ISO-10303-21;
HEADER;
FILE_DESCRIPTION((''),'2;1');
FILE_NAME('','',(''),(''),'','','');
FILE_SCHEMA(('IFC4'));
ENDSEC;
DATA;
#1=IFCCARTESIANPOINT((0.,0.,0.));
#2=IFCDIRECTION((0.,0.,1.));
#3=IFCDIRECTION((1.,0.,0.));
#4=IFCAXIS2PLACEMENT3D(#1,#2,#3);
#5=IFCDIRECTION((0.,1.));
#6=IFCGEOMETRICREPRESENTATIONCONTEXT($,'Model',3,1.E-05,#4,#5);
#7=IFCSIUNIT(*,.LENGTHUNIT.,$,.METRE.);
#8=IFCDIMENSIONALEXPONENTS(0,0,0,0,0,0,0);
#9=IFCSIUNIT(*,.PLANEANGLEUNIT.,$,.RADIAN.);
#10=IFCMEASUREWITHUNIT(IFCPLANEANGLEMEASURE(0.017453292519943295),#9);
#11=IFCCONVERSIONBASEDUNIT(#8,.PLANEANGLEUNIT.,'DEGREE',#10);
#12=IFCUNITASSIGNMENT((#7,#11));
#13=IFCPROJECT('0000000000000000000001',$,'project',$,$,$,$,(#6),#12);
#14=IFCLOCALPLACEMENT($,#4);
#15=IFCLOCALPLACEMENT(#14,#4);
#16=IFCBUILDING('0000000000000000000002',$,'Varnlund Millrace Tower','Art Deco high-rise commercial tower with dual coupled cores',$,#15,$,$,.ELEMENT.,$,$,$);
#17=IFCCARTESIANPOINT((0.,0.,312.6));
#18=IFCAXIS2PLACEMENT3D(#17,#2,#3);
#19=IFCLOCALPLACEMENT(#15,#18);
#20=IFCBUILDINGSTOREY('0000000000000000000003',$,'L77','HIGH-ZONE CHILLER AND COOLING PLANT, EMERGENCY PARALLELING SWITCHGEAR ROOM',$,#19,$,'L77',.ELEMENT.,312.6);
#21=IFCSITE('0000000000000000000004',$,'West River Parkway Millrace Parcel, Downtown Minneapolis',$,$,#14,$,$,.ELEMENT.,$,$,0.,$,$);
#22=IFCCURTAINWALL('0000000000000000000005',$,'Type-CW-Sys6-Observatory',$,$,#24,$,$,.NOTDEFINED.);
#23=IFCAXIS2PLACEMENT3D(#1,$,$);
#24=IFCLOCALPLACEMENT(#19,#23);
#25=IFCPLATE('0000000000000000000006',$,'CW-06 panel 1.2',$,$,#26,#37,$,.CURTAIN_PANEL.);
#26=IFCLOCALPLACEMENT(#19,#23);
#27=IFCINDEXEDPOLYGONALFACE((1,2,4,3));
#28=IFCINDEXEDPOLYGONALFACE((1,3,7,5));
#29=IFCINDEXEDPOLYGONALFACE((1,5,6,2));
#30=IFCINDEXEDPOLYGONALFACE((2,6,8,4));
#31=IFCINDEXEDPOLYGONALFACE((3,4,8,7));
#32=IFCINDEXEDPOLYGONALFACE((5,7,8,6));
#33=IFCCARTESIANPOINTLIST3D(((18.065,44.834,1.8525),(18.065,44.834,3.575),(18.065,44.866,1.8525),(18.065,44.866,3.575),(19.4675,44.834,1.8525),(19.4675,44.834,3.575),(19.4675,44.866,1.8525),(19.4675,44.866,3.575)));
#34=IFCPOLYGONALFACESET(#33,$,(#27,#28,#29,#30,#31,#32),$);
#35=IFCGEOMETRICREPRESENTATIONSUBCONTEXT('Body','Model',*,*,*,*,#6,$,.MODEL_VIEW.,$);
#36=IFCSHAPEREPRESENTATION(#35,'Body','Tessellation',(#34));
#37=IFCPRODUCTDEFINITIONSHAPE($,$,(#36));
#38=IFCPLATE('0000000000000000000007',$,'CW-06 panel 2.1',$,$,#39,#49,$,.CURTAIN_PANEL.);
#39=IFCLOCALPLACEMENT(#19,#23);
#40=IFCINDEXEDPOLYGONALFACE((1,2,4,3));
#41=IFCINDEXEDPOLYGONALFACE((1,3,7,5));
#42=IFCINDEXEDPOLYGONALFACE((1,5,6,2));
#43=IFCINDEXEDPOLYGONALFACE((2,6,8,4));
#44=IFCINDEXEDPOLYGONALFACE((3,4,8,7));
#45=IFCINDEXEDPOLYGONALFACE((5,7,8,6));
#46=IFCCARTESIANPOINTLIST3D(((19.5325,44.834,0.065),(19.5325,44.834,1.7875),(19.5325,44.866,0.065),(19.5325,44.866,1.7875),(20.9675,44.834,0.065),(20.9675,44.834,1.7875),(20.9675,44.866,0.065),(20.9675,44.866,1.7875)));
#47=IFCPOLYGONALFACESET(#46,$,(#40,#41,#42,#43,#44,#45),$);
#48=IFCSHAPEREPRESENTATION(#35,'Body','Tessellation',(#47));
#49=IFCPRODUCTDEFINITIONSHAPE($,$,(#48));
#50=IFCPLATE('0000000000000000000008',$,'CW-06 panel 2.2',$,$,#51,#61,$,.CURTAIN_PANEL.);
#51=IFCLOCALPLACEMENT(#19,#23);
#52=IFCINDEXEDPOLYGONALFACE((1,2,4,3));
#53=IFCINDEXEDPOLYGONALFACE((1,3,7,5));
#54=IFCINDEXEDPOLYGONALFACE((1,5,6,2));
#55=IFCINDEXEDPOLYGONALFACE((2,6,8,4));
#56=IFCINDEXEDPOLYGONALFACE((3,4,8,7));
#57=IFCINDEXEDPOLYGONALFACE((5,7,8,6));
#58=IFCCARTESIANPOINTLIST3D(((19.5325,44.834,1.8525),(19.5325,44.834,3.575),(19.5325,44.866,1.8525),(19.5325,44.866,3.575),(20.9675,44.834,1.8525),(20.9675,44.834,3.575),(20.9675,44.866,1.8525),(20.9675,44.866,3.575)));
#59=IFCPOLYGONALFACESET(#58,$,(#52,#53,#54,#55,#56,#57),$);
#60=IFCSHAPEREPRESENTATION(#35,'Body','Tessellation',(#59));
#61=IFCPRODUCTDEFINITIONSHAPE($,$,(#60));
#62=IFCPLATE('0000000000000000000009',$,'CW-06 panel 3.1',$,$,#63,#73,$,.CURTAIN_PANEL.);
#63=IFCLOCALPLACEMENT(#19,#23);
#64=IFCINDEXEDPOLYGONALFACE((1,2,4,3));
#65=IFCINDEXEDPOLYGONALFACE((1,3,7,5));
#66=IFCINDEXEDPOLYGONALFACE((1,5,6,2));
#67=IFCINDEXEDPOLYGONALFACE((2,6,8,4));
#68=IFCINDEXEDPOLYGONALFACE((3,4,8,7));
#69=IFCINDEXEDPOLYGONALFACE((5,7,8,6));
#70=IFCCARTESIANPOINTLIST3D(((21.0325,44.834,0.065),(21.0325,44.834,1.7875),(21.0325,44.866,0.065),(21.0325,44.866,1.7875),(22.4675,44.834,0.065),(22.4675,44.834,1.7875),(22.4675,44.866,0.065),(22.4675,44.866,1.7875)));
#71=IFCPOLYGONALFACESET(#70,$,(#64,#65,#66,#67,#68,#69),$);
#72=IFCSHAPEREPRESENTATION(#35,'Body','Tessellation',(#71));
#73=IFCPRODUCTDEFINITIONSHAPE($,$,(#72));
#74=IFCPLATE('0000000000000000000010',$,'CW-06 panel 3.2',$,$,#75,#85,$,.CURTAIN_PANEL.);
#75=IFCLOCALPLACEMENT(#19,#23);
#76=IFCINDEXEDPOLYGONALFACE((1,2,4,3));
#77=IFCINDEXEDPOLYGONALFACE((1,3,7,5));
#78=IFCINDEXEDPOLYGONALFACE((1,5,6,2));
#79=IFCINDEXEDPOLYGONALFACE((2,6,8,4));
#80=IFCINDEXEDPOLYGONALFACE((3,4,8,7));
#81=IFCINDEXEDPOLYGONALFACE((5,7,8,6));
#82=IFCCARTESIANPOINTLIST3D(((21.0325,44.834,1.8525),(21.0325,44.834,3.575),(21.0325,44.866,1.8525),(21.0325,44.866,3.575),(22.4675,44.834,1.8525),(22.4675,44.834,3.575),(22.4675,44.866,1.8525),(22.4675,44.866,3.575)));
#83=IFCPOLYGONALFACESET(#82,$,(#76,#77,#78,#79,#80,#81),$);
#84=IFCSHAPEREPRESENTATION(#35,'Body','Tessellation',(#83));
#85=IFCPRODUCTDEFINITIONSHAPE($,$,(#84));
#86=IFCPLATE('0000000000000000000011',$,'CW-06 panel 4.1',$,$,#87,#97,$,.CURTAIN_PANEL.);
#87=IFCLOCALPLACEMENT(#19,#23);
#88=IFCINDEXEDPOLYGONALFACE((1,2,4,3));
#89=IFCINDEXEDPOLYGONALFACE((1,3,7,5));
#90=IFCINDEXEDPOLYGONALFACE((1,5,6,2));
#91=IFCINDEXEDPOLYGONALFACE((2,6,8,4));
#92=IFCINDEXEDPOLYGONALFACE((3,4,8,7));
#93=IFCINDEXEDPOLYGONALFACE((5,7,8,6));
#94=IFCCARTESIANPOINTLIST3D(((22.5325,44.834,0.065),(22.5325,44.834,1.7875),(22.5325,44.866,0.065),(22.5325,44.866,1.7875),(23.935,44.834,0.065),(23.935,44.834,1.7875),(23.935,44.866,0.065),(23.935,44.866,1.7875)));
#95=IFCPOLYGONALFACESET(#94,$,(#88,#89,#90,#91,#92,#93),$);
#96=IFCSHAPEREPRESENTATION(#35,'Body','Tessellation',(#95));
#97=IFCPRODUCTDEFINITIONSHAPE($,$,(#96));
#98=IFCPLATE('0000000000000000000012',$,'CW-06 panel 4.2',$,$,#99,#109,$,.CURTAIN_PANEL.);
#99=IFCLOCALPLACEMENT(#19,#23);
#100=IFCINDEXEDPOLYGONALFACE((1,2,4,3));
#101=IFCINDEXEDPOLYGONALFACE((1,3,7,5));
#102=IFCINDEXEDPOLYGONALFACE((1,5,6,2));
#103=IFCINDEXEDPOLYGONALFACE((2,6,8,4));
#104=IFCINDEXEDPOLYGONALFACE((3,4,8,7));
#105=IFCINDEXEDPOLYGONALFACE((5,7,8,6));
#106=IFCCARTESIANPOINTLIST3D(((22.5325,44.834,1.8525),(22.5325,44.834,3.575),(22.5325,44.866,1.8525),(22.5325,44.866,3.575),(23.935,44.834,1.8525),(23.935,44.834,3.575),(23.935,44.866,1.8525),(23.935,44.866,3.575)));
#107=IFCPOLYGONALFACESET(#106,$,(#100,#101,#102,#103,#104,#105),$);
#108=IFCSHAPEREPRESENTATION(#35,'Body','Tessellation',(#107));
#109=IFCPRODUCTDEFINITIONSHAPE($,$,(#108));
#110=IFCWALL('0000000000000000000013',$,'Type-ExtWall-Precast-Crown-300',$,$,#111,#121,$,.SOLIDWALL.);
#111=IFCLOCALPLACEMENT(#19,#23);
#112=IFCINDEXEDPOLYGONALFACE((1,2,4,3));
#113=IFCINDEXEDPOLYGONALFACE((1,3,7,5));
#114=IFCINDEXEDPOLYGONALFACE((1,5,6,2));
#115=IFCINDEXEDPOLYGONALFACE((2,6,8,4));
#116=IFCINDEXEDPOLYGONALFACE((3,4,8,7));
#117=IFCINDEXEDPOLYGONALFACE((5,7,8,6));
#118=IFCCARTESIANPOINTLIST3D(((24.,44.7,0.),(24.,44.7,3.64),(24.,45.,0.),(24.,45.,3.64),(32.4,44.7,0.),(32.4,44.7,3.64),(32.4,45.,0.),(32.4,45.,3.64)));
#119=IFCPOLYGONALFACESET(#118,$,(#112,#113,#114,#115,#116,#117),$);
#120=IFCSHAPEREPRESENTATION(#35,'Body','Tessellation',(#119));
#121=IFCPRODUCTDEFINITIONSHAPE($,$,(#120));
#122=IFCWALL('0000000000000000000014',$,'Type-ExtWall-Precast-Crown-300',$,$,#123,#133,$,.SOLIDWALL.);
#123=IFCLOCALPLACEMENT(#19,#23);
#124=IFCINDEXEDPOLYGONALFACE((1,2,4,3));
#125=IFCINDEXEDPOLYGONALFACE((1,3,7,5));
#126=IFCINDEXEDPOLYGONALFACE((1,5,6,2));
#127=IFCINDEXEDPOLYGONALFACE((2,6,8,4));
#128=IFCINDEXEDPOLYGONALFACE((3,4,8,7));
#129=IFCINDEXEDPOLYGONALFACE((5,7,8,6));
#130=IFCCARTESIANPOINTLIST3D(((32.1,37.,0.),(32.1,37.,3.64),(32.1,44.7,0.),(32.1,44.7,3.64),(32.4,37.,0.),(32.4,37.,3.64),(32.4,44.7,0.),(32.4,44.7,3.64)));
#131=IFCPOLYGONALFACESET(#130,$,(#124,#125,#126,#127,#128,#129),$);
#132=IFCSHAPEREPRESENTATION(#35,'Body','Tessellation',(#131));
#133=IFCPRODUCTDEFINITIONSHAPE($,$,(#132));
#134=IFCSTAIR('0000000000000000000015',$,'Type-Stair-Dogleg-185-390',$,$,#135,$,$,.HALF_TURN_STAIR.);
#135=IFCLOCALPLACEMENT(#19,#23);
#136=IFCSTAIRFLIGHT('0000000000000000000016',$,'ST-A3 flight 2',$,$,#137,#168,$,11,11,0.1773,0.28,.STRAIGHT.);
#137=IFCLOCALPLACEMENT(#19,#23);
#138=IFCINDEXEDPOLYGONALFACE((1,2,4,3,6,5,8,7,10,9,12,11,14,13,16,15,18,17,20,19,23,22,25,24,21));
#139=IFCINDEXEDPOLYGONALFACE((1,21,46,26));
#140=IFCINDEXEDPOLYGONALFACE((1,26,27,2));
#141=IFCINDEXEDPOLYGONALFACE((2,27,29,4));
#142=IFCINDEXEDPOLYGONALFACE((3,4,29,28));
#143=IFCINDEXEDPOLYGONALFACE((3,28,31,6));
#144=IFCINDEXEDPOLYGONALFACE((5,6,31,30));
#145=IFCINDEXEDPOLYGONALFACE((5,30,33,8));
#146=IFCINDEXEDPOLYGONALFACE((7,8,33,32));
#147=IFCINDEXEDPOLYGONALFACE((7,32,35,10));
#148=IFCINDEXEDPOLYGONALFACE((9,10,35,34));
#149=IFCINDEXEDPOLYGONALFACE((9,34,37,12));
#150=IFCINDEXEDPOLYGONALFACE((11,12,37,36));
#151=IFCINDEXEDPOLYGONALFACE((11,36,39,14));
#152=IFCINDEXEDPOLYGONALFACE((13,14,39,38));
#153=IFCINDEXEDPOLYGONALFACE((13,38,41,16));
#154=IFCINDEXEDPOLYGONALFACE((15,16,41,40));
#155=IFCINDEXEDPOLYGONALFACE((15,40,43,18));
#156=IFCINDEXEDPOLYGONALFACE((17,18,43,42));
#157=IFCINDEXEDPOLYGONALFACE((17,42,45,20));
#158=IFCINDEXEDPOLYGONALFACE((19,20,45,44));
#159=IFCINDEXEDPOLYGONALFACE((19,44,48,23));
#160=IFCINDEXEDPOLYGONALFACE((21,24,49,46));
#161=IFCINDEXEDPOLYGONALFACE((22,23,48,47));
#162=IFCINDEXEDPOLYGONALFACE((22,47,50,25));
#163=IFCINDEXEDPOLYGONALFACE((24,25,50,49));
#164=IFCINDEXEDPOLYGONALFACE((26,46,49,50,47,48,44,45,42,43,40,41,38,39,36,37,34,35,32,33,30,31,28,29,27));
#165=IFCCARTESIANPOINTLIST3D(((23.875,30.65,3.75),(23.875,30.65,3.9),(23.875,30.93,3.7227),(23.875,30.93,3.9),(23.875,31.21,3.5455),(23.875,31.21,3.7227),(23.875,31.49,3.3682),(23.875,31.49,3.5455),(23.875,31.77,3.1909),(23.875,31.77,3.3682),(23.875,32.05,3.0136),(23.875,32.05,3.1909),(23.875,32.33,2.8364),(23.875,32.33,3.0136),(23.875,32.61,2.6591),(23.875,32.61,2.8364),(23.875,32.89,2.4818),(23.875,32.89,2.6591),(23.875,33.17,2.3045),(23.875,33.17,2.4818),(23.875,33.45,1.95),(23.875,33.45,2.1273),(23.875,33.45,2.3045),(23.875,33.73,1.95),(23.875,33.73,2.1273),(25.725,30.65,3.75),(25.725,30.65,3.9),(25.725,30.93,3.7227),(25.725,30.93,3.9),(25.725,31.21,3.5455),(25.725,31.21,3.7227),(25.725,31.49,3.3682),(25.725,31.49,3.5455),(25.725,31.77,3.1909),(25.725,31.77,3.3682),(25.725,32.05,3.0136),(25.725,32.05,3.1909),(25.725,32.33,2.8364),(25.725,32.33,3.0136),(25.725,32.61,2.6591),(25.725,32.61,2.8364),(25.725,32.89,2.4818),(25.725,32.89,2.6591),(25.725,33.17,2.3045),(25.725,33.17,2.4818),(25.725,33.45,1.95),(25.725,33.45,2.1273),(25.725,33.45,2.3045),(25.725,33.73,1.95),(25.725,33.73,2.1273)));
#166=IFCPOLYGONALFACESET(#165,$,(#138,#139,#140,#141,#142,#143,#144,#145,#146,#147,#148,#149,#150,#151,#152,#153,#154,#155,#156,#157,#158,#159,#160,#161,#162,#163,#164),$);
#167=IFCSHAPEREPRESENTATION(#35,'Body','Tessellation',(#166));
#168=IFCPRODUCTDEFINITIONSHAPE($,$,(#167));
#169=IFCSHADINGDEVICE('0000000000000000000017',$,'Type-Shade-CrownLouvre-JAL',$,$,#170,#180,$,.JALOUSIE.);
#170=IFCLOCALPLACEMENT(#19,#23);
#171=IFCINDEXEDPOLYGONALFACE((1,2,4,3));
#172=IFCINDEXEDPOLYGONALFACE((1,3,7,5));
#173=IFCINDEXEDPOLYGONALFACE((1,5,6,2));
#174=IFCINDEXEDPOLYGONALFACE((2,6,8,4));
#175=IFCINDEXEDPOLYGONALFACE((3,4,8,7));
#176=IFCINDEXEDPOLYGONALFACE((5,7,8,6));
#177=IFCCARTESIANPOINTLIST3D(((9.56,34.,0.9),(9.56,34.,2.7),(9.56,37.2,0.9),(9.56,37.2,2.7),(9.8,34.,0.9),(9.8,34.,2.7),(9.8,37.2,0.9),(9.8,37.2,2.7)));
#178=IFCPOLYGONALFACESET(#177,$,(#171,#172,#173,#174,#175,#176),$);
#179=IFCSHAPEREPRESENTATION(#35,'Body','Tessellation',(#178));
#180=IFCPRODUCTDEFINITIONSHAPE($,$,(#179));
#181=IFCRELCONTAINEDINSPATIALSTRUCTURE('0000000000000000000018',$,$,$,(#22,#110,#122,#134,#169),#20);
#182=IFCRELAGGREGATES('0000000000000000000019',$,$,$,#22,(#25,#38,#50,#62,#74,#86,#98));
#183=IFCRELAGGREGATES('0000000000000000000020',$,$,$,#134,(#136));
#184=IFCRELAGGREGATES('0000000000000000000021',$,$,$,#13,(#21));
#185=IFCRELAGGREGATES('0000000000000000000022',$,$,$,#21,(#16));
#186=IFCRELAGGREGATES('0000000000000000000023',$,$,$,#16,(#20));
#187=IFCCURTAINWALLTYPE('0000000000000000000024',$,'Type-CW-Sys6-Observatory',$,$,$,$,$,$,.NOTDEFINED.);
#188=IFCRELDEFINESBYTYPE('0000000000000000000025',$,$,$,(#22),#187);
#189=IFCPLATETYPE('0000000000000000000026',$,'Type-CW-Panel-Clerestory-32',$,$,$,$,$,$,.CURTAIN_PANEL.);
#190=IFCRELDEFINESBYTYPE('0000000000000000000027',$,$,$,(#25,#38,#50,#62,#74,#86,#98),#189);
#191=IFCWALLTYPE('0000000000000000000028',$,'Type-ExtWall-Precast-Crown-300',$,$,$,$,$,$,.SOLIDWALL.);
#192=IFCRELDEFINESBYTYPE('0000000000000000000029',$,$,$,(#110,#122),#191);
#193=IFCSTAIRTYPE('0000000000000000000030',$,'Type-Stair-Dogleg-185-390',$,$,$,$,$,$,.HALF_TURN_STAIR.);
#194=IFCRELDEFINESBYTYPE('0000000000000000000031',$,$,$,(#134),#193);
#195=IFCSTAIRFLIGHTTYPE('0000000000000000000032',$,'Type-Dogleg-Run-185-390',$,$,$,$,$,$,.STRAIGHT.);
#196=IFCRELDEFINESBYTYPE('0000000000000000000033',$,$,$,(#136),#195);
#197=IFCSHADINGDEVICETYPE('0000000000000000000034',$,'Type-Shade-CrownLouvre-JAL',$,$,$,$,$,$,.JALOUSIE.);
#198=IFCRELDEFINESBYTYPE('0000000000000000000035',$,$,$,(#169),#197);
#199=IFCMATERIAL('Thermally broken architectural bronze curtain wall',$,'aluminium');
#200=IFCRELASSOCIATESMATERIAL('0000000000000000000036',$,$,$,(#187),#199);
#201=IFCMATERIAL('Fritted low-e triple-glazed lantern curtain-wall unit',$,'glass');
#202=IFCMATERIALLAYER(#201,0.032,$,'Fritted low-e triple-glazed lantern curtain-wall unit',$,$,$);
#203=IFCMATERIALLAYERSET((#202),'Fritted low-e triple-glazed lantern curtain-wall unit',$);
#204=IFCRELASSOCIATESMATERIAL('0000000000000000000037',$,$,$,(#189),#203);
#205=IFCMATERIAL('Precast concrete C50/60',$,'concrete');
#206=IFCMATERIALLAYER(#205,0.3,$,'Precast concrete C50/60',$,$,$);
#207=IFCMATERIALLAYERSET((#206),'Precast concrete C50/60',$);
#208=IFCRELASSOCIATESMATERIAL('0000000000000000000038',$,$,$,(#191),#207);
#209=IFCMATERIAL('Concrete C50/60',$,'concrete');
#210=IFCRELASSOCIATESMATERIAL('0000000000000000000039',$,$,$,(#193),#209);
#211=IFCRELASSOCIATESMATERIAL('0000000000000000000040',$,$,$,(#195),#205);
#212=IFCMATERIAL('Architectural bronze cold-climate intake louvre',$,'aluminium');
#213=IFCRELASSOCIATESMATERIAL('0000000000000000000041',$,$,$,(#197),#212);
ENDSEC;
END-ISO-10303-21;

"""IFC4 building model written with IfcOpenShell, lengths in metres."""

from ifc_helpers import new_model, entity, si_unit, converted_unit, direction, frame, origin_with_axes, origin_2d_with_axis, place, context, subcontext, project, spatial, polyline, rectangle, outline, extrude, material, layer, layer_set, type_object, element, aggregate, save


model = new_model("IFC4")

# Units and contexts
model_context = context("Model", 3, precision=1e-05, world=origin_with_axes(), true_north=direction((0.0, 1.0)))
body_context = subcontext(model_context, "Body", "Model", "MODEL_VIEW")
ifc_project = project(units=[si_unit("LENGTHUNIT", "METRE"), converted_unit("PLANEANGLEUNIT", "DEGREE", entity("IfcPlaneAngleMeasure", 0.017453292519943295), si_unit("PLANEANGLEUNIT", "RADIAN"), dimensions=[0, 0, 0, 0, 0, 0, 0])], contexts=[model_context])

# Site, building, storey
site_placement = place(None, origin_with_axes())
site = spatial("IfcSite", under=ifc_project, at=site_placement, Name="West River Parkway Millrace Parcel, Downtown Minneapolis", CompositionType="ELEMENT", RefElevation=0.0)
building_placement = place(site_placement, origin_with_axes())
building = spatial("IfcBuilding", under=site, at=building_placement, Name="Varnlund Millrace Tower", Description="Art Deco high-rise commercial tower with dual coupled cores", CompositionType="ELEMENT")
storey_placement = place(building_placement, frame((0.0, 0.0, 312.6), z_axis=(0.0, 0.0, 1.0), x_axis=(1.0, 0.0, 0.0)))
storey = spatial("IfcBuildingStorey", under=building, at=storey_placement, Name="L77", Description="HIGH-ZONE CHILLER AND COOLING PLANT, EMERGENCY PARALLELING SWITCHGEAR ROOM", LongName="L77", CompositionType="ELEMENT", Elevation=312.6)

# Curtain wall
ifc_material_1 = material(Name="Thermally broken architectural bronze curtain wall", Category="aluminium")
curtain_wall_type = type_object("IfcCurtainWallType", Name="Type-CW-Sys6-Observatory", PredefinedType="NOTDEFINED", material=ifc_material_1)
curtain_wall_1_placement = place(storey_placement, frame((18.0, 44.85, 0.0), z_axis=(0.0, 0.0, 1.0), x_axis=(1.0, 0.0, 0.0)))
curtain_wall_1 = element("IfcCurtainWall", 1, at=curtain_wall_1_placement, inside=storey, type_object=curtain_wall_type, Name="Type-CW-Sys6-Observatory", PredefinedType="NOTDEFINED")

# Plates
ifc_material_2 = material(Name="Fritted low-e triple-glazed lantern curtain-wall unit", Category="glass")
ifc_layer_1 = layer(ifc_material_2, 0.032, Name="Fritted low-e triple-glazed lantern curtain-wall unit")
ifc_layer_set_1 = layer_set([ifc_layer_1], Name="Fritted low-e triple-glazed lantern curtain-wall unit")
plate_type = type_object("IfcPlateType", Name="Type-CW-Panel-Clerestory-32", PredefinedType="CURTAIN_PANEL", material=ifc_layer_set_1)
plate_1_placement = place(storey_placement, frame((18.7662, 44.85, 1.8525), z_axis=(0.0, 0.0, 1.0), x_axis=(1.0, 0.0, 0.0)))
plate_1 = element("IfcPlate", 2, at=plate_1_placement, type_object=plate_type, Name="CW-06 panel 1.2", PredefinedType="CURTAIN_PANEL", context=body_context, shape_type="SweptSolid", body=[
    extrude(rectangle(XDim=1.4025, YDim=0.032, at=origin_2d_with_axis()), origin_with_axes(), (0.0, 0.0, 1.0), 1.7225),
])
plate_2_placement = place(storey_placement, frame((20.25, 44.85, 0.065), z_axis=(0.0, 0.0, 1.0), x_axis=(1.0, 0.0, 0.0)))
plate_2 = element("IfcPlate", 3, at=plate_2_placement, type_object=plate_type, Name="CW-06 panel 2.1", PredefinedType="CURTAIN_PANEL", context=body_context, shape_type="SweptSolid", body=[
    extrude(rectangle(XDim=1.435, YDim=0.032, at=origin_2d_with_axis()), origin_with_axes(), (0.0, 0.0, 1.0), 1.7225),
])
plate_3_placement = place(storey_placement, frame((20.25, 44.85, 1.8525), z_axis=(0.0, 0.0, 1.0), x_axis=(1.0, 0.0, 0.0)))
plate_3 = element("IfcPlate", 4, at=plate_3_placement, type_object=plate_type, Name="CW-06 panel 2.2", PredefinedType="CURTAIN_PANEL", context=body_context, shape_type="SweptSolid", body=[
    extrude(rectangle(XDim=1.435, YDim=0.032, at=origin_2d_with_axis()), origin_with_axes(), (0.0, 0.0, 1.0), 1.7225),
])
plate_4_placement = place(storey_placement, frame((21.75, 44.85, 0.065), z_axis=(0.0, 0.0, 1.0), x_axis=(1.0, 0.0, 0.0)))
plate_4 = element("IfcPlate", 5, at=plate_4_placement, type_object=plate_type, Name="CW-06 panel 3.1", PredefinedType="CURTAIN_PANEL", context=body_context, shape_type="SweptSolid", body=[
    extrude(rectangle(XDim=1.435, YDim=0.032, at=origin_2d_with_axis()), origin_with_axes(), (0.0, 0.0, 1.0), 1.7225),
])
plate_5_placement = place(storey_placement, frame((21.75, 44.85, 1.8525), z_axis=(0.0, 0.0, 1.0), x_axis=(1.0, 0.0, 0.0)))
plate_5 = element("IfcPlate", 6, at=plate_5_placement, type_object=plate_type, Name="CW-06 panel 3.2", PredefinedType="CURTAIN_PANEL", context=body_context, shape_type="SweptSolid", body=[
    extrude(rectangle(XDim=1.435, YDim=0.032, at=origin_2d_with_axis()), origin_with_axes(), (0.0, 0.0, 1.0), 1.7225),
])
plate_6_placement = place(storey_placement, frame((23.2338, 44.85, 0.065), z_axis=(0.0, 0.0, 1.0), x_axis=(1.0, 0.0, 0.0)))
plate_6 = element("IfcPlate", 7, at=plate_6_placement, type_object=plate_type, Name="CW-06 panel 4.1", PredefinedType="CURTAIN_PANEL", context=body_context, shape_type="SweptSolid", body=[
    extrude(rectangle(XDim=1.4025, YDim=0.032, at=origin_2d_with_axis()), origin_with_axes(), (0.0, 0.0, 1.0), 1.7225),
])
plate_7_placement = place(storey_placement, frame((23.2338, 44.85, 1.8525), z_axis=(0.0, 0.0, 1.0), x_axis=(1.0, 0.0, 0.0)))
plate_7 = element("IfcPlate", 8, at=plate_7_placement, type_object=plate_type, Name="CW-06 panel 4.2", PredefinedType="CURTAIN_PANEL", context=body_context, shape_type="SweptSolid", body=[
    extrude(rectangle(XDim=1.4025, YDim=0.032, at=origin_2d_with_axis()), origin_with_axes(), (0.0, 0.0, 1.0), 1.7225),
])
aggregate(curtain_wall_1, [plate_1, plate_2, plate_3, plate_4, plate_5, plate_6, plate_7])

# Walls
ifc_material_3 = material(Name="Precast concrete C50/60", Category="concrete")
ifc_layer_2 = layer(ifc_material_3, 0.3, Name="Precast concrete C50/60")
ifc_layer_set_2 = layer_set([ifc_layer_2], Name="Precast concrete C50/60")
wall_type = type_object("IfcWallType", Name="Type-ExtWall-Precast-Crown-300", PredefinedType="SOLIDWALL", material=ifc_layer_set_2)
wall_1_placement = place(storey_placement, frame((24.0, 44.85, 0.0), z_axis=(0.0, 0.0, 1.0), x_axis=(1.0, 0.0, 0.0)))
element("IfcWall", 9, at=wall_1_placement, inside=storey, type_object=wall_type, Name="Type-ExtWall-Precast-Crown-300", PredefinedType="SOLIDWALL", context=body_context, shape_type="SweptSolid", body=[
    extrude(outline(polyline([(0.0, -0.15), (8.4, -0.15), (8.4, 0.15), (0.0, 0.15), (0.0, -0.15)])), origin_with_axes(), (0.0, 0.0, 1.0), 3.64),
])
wall_2_placement = place(storey_placement, frame((32.25, 44.7, 0.0), z_axis=(0.0, 0.0, 1.0), x_axis=(0.0, -1.0, 0.0)))
element("IfcWall", 10, at=wall_2_placement, inside=storey, type_object=wall_type, Name="Type-ExtWall-Precast-Crown-300", PredefinedType="SOLIDWALL", context=body_context, shape_type="SweptSolid", body=[
    extrude(outline(polyline([(0.0, -0.15), (7.7, -0.15), (7.7, 0.15), (0.0, 0.15), (0.0, -0.15)])), origin_with_axes(), (0.0, 0.0, 1.0), 3.64),
])

# Stair, stair flight
ifc_material_4 = material(Name="Concrete C50/60", Category="concrete")
stair_type = type_object("IfcStairType", Name="Type-Stair-Dogleg-185-390", PredefinedType="HALF_TURN_STAIR", material=ifc_material_4)
stair_placement = place(storey_placement, origin_with_axes())
stair = element("IfcStair", 11, at=stair_placement, inside=storey, type_object=stair_type, Name="Type-Stair-Dogleg-185-390", PredefinedType="HALF_TURN_STAIR")
stair_flight_type = type_object("IfcStairFlightType", Name="Type-Dogleg-Run-185-390", PredefinedType="STRAIGHT", material=ifc_material_3)
stair_flight_placement = place(storey_placement, frame((25.725, 33.73, 1.95), z_axis=(-1.0, 0.0, 0.0), x_axis=(0.0, -1.0, 0.0)))
stair_flight = element("IfcStairFlight", 12, at=stair_flight_placement, type_object=stair_flight_type, Name="ST-A3 flight 2", NumberOfRisers=11, NumberOfTreads=11, PredefinedType="STRAIGHT", RiserHeight=0.1773, TreadLength=0.28, context=body_context, shape_type="SweptSolid", body=[
    extrude(outline(polyline([(0.0, 0.0), (0.0, 0.1773), (0.28, 0.1773), (0.28, 0.3545), (0.56, 0.3545), (0.56, 0.5318), (0.84, 0.5318), (0.84, 0.7091), (1.12, 0.7091), (1.12, 0.8864), (1.4, 0.8864), (1.4, 1.0636), (1.68, 1.0636), (1.68, 1.2409), (1.96, 1.2409), (1.96, 1.4182), (2.24, 1.4182), (2.24, 1.5955), (2.52, 1.5955), (2.52, 1.7727), (2.8, 1.7727), (2.8, 1.95), (3.08, 1.95), (3.08, 1.8), (0.28, 0.0), (0.0, 0.0)])), origin_with_axes(), (0.0, 0.0, 1.0), 1.85),
])
aggregate(stair, [stair_flight])

# Shading device
ifc_material_5 = material(Name="Architectural bronze cold-climate intake louvre", Category="aluminium")
shading_device_type = type_object("IfcShadingDeviceType", Name="Type-Shade-CrownLouvre-JAL", PredefinedType="JALOUSIE", material=ifc_material_5)
shading_device_placement = place(storey_placement, frame((9.68, 35.6, 0.9), z_axis=(0.0, 0.0, 1.0), x_axis=(0.0, 1.0, 0.0)))
element("IfcShadingDevice", 13, at=shading_device_placement, inside=storey, type_object=shading_device_type, Name="Type-Shade-CrownLouvre-JAL", PredefinedType="JALOUSIE", context=body_context, shape_type="SweptSolid", body=[
    extrude(rectangle(XDim=3.2, YDim=0.24, at=origin_2d_with_axis()), origin_with_axes(), (0.0, 0.0, 1.0), 1.8),
])

save(model, "model.ifc")
